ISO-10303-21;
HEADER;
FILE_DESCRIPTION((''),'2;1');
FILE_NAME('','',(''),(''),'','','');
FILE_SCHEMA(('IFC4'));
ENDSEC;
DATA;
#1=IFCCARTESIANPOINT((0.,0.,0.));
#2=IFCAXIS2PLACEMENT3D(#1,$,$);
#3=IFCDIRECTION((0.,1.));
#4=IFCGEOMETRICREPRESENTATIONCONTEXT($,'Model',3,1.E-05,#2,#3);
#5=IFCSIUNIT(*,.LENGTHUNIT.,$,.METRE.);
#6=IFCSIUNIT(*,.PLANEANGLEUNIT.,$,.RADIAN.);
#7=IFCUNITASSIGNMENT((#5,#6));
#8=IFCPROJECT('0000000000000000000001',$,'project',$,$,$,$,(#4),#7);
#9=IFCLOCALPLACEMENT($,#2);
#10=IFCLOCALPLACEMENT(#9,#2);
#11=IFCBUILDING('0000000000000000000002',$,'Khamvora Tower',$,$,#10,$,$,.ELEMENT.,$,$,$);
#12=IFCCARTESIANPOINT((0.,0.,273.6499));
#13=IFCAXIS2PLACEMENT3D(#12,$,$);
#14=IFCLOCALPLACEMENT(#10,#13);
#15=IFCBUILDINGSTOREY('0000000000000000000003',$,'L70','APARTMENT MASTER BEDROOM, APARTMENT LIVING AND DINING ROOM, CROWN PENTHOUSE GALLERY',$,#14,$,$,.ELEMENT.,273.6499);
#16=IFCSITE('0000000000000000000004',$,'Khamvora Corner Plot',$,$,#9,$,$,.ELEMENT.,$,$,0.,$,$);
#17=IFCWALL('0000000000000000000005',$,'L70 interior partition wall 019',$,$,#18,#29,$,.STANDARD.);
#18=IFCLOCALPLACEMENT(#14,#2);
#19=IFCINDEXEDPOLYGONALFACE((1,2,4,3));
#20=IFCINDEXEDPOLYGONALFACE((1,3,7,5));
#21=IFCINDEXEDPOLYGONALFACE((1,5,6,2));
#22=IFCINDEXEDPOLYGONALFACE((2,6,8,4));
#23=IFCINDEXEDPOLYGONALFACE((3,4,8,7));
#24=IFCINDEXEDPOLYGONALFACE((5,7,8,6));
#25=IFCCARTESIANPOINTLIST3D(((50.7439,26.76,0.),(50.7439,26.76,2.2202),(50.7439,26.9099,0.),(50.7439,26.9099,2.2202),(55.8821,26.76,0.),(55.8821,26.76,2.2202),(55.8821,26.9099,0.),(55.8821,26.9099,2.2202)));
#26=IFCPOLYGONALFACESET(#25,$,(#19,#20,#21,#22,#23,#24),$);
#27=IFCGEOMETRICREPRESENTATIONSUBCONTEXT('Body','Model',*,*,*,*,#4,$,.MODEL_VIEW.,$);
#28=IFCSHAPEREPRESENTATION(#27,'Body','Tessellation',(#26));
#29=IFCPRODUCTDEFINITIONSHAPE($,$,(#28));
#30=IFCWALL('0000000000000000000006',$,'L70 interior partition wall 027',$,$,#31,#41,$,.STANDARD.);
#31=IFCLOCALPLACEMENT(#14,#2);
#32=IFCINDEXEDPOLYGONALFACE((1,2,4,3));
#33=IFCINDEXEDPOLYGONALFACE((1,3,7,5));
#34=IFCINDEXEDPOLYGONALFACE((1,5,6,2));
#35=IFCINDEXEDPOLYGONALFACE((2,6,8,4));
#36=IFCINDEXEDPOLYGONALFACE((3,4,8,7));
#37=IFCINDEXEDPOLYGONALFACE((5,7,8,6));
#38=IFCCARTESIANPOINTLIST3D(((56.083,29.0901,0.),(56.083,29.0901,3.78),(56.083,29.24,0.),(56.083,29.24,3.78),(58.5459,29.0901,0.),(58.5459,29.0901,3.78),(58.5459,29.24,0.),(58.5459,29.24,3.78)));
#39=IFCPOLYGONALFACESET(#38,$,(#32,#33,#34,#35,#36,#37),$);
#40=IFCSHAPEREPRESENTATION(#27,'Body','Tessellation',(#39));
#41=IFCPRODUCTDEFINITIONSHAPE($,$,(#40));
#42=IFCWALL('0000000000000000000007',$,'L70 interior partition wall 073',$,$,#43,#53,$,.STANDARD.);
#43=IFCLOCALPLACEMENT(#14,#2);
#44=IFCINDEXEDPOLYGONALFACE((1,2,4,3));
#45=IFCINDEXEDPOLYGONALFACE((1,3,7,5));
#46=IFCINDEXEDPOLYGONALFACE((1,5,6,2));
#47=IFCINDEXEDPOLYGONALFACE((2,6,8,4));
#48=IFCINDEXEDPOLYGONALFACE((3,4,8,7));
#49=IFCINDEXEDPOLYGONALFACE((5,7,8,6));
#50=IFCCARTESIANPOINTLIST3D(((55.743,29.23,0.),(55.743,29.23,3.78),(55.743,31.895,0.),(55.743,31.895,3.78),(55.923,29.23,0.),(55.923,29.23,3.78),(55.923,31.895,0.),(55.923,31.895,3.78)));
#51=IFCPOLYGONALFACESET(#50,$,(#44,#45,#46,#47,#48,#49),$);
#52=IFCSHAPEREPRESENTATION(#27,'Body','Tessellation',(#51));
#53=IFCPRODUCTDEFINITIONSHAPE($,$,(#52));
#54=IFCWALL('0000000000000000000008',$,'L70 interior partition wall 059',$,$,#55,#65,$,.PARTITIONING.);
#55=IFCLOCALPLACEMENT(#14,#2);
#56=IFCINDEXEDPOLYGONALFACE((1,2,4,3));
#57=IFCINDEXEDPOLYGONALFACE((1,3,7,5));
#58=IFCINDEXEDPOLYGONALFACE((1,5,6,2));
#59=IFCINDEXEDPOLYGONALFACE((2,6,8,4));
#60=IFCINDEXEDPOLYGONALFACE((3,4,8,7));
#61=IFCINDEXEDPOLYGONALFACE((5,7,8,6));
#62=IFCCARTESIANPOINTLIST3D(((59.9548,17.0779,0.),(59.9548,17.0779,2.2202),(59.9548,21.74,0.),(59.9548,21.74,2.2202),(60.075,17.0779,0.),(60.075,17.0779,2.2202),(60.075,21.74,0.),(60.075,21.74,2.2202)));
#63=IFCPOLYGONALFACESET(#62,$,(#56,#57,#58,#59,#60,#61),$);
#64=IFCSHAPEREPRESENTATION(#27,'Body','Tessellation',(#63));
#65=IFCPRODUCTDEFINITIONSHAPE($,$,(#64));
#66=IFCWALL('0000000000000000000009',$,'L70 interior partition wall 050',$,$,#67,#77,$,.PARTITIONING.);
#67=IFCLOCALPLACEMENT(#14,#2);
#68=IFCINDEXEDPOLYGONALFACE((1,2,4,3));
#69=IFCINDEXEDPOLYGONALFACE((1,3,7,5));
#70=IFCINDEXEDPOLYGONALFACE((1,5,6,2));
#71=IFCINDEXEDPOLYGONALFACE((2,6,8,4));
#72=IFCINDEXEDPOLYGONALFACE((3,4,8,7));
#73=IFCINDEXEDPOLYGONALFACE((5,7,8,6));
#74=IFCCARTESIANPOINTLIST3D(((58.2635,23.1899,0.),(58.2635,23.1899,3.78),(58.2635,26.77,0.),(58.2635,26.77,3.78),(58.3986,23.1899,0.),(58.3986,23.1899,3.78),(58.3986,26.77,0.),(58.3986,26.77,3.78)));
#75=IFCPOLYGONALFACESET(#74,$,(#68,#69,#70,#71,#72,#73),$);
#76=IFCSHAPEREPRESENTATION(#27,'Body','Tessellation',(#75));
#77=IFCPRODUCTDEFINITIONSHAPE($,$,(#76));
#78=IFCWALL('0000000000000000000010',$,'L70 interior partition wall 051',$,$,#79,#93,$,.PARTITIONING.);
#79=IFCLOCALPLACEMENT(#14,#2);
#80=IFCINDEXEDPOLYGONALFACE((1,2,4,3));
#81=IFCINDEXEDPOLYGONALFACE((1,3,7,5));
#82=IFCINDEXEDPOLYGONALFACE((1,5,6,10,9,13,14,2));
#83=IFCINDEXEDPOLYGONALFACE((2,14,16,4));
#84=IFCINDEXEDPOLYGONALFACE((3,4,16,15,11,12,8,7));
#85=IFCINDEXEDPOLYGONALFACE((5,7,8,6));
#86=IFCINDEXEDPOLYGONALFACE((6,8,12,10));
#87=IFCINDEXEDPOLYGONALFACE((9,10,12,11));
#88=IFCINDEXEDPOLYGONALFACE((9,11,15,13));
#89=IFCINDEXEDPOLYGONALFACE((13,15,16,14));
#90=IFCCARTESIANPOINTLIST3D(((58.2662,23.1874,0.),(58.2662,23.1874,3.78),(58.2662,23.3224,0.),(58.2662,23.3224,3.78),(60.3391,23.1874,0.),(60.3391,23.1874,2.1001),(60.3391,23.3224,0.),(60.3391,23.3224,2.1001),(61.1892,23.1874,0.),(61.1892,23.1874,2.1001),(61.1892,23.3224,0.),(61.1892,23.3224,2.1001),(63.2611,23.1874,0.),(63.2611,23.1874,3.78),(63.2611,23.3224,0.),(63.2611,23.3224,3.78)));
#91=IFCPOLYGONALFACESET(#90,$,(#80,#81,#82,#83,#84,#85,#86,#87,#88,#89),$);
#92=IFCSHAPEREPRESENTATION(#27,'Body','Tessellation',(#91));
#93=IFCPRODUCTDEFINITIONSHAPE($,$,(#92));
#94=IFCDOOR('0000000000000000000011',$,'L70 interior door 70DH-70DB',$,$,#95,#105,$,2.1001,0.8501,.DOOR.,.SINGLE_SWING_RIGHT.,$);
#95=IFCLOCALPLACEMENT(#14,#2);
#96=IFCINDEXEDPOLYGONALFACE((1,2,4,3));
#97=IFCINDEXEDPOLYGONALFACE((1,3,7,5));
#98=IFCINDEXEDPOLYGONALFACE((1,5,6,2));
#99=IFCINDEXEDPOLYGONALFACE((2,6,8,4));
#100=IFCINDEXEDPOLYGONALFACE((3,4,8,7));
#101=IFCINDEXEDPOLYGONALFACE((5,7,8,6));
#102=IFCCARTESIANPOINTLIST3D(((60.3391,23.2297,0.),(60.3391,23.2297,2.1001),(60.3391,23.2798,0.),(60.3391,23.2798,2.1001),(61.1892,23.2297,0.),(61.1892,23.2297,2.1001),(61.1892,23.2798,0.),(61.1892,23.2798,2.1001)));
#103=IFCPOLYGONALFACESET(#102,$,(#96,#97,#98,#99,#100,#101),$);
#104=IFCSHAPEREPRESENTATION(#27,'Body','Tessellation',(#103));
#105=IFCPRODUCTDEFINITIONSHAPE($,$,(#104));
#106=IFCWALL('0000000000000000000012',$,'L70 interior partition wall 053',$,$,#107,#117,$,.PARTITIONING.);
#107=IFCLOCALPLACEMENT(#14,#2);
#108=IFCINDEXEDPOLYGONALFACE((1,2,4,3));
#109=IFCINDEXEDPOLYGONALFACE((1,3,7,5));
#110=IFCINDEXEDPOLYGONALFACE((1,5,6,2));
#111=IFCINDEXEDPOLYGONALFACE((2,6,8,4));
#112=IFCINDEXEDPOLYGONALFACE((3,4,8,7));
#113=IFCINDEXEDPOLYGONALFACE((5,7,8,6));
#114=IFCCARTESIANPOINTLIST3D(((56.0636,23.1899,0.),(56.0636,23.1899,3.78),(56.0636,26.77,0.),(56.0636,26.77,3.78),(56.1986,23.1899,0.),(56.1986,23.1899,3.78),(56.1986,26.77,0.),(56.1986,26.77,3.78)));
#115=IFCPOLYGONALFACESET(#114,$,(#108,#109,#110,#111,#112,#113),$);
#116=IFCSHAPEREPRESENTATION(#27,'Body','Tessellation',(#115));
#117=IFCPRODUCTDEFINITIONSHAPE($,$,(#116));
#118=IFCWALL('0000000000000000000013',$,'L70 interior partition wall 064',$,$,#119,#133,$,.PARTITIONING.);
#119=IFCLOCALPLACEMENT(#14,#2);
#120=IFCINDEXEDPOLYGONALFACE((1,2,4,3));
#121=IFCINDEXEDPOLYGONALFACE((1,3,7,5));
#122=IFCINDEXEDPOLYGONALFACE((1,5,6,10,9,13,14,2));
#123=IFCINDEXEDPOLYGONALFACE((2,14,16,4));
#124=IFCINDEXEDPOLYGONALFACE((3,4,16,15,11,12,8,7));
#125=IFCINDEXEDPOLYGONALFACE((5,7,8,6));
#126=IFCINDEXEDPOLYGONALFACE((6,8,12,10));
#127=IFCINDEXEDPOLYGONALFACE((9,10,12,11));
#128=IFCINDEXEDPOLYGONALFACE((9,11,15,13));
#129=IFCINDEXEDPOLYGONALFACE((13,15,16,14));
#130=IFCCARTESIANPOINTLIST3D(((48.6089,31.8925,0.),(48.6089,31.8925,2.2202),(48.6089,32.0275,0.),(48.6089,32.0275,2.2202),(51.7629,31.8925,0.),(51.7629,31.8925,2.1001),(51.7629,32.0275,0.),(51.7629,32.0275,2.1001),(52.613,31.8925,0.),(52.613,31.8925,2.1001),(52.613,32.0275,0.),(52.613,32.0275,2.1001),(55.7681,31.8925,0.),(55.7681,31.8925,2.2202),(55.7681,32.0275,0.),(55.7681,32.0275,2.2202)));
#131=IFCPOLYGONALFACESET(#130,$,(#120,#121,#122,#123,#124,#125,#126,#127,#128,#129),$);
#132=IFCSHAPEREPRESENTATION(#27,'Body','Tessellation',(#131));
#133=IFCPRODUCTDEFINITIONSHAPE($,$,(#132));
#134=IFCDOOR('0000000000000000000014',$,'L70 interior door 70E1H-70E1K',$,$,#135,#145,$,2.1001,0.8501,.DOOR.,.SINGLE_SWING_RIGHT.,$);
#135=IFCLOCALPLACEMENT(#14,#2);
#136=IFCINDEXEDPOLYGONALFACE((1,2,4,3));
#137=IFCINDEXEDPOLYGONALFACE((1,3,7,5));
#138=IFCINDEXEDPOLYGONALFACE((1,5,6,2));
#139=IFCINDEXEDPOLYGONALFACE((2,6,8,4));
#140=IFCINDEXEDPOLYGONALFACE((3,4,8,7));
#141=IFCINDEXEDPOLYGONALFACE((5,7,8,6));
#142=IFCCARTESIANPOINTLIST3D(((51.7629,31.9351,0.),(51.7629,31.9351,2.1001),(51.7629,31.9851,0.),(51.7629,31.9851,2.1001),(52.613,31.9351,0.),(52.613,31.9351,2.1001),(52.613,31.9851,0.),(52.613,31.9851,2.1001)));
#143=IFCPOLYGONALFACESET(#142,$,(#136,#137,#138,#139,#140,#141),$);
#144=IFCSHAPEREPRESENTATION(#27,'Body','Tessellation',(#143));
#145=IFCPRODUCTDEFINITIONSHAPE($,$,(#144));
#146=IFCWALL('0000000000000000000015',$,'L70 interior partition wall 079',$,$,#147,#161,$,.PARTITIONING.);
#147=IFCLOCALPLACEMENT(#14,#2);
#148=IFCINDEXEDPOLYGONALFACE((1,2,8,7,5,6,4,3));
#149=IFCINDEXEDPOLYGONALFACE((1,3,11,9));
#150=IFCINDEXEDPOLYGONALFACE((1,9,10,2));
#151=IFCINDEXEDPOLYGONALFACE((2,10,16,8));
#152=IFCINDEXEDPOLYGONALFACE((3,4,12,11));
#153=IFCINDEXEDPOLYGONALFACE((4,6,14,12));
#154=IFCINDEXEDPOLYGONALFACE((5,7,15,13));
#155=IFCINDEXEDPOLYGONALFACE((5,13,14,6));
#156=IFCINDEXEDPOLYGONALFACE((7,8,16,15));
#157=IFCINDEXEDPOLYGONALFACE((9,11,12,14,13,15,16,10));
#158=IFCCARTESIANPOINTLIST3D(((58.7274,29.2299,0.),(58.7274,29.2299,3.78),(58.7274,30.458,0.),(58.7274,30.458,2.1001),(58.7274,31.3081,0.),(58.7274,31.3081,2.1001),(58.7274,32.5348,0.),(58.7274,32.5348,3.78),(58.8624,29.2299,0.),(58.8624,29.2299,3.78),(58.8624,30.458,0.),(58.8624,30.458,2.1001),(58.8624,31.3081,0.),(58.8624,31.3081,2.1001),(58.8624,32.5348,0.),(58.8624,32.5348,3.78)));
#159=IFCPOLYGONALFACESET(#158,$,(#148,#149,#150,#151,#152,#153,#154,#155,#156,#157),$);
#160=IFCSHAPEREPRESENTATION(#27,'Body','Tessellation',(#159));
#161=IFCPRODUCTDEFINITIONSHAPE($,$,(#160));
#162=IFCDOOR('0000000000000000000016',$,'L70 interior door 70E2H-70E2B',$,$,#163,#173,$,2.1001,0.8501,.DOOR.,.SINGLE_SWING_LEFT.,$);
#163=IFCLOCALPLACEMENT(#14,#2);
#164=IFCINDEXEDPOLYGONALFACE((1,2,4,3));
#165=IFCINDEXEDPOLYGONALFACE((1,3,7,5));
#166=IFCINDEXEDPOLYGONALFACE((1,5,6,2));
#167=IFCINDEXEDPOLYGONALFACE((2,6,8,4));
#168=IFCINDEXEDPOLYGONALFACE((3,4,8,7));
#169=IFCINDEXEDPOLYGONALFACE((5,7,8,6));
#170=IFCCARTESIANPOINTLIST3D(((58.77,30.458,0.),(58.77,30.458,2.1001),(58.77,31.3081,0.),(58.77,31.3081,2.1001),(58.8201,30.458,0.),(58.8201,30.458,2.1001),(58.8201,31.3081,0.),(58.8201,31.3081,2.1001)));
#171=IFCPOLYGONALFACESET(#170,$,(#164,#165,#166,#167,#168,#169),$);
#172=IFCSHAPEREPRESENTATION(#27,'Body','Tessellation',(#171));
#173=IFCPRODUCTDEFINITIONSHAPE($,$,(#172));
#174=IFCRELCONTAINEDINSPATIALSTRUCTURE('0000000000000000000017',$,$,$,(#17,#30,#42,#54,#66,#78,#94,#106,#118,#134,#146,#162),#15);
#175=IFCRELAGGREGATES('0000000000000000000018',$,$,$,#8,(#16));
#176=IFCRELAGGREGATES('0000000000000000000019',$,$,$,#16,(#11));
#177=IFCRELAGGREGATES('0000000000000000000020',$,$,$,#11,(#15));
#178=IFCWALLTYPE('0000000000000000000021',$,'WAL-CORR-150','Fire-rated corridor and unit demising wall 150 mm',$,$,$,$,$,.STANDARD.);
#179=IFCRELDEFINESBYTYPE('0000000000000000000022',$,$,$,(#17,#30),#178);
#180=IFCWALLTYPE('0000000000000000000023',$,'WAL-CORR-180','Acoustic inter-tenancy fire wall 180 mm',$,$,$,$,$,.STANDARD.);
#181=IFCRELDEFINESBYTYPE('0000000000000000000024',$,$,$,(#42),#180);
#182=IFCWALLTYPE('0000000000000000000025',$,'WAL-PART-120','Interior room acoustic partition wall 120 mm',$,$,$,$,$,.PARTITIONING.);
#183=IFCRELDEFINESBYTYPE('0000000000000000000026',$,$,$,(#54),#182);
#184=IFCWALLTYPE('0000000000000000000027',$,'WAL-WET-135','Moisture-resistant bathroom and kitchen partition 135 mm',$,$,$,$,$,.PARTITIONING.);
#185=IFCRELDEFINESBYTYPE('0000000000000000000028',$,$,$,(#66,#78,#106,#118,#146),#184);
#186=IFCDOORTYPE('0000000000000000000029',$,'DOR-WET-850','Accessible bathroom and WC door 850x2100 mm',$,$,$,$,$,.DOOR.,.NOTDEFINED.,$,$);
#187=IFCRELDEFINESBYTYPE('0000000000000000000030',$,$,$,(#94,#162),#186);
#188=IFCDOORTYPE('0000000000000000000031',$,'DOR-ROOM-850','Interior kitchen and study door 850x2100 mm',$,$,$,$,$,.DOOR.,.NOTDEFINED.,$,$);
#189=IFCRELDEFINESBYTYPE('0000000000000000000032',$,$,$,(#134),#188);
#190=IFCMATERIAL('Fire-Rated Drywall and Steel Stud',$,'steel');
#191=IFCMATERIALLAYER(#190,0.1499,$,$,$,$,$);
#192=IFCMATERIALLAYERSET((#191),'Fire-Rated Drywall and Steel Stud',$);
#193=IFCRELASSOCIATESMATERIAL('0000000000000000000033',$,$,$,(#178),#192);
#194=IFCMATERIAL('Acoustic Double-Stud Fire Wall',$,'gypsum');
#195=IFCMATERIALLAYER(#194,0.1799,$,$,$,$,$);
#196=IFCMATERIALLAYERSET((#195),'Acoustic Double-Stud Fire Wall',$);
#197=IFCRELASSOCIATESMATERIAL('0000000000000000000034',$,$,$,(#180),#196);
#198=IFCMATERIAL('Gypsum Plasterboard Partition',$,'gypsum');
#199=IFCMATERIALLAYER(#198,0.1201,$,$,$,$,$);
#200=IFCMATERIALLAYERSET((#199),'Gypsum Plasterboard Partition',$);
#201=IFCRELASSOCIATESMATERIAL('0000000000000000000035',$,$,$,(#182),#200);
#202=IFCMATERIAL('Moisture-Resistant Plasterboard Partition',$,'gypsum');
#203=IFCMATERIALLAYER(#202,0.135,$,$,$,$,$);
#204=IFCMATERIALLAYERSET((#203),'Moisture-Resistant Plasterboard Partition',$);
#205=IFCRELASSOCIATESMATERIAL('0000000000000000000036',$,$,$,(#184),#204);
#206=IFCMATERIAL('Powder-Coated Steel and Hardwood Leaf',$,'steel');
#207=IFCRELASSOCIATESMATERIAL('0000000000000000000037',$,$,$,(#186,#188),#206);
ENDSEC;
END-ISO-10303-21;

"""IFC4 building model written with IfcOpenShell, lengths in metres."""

from ifc_helpers import new_model, si_unit, direction, frame, frame_2d, origin, place, context, subcontext, project, spatial, rectangle, extrude, material, layer, layer_set, type_object, element, fill, save


model = new_model("IFC4")

# Units and contexts
model_context = context("Model", 3, precision=1e-05, world=origin(), true_north=direction((0.0, 1.0)))
body_context = subcontext(model_context, "Body", "Model", "MODEL_VIEW")
ifc_project = project(units=[si_unit("LENGTHUNIT", "METRE"), si_unit("PLANEANGLEUNIT", "RADIAN")], contexts=[model_context])

# Site, building, storey
site_placement = place(None, origin())
site = spatial("IfcSite", under=ifc_project, at=site_placement, Name="Khamvora Corner Plot", CompositionType="ELEMENT", RefElevation=0.0)
building_placement = place(site_placement, origin())
building = spatial("IfcBuilding", under=site, at=building_placement, Name="Khamvora Tower", CompositionType="ELEMENT")
storey_placement = place(building_placement, frame((0.0, 0.0, 273.6499)))
storey = spatial("IfcBuildingStorey", under=building, at=storey_placement, Name="L70", Description="APARTMENT MASTER BEDROOM, APARTMENT LIVING AND DINING ROOM, CROWN PENTHOUSE GALLERY", CompositionType="ELEMENT", Elevation=273.6499)

# Shared definitions
ifc_material_1 = material(Name="Fire-Rated Drywall and Steel Stud", Category="steel")
ifc_layer_1 = layer(ifc_material_1, 0.1499)
ifc_layer_set_1 = layer_set([ifc_layer_1], Name="Fire-Rated Drywall and Steel Stud")
wall_type_1 = type_object("IfcWallType", Name="WAL-CORR-150", Description="Fire-rated corridor and unit demising wall 150 mm", PredefinedType="STANDARD", material=ifc_layer_set_1)
ifc_material_2 = material(Name="Powder-Coated Steel and Hardwood Leaf", Category="steel")

# Wall
wall_1_placement = place(storey_placement, frame((55.8821, 26.835, 0.0), z_axis=(0.0, 0.0, 1.0), x_axis=(-1.0, 0.0, 0.0)))
element("IfcWall", 1, at=wall_1_placement, inside=storey, type_object=wall_type_1, Name="L70 interior partition wall 019", PredefinedType="STANDARD", context=body_context, shape_type="SweptSolid", body=[
    extrude(rectangle(XDim=5.1382, YDim=0.1499, at=frame_2d((2.5691, 0.0))), origin(), (0.0, 0.0, 1.0), 2.2202),
])

# Walls
wall_2_placement = place(storey_placement, frame((56.083, 29.165, 0.0), z_axis=(0.0, 0.0, 1.0), x_axis=(1.0, 0.0, 0.0)))
element("IfcWall", 2, at=wall_2_placement, inside=storey, type_object=wall_type_1, Name="L70 interior partition wall 027", PredefinedType="STANDARD", context=body_context, shape_type="SweptSolid", body=[
    extrude(rectangle(XDim=2.4629, YDim=0.1499, at=frame_2d((1.2314, 0.0))), origin(), (0.0, 0.0, 1.0), 3.78),
])
ifc_material_3 = material(Name="Acoustic Double-Stud Fire Wall", Category="gypsum")
ifc_layer_2 = layer(ifc_material_3, 0.1799)
ifc_layer_set_2 = layer_set([ifc_layer_2], Name="Acoustic Double-Stud Fire Wall")
wall_type_2 = type_object("IfcWallType", Name="WAL-CORR-180", Description="Acoustic inter-tenancy fire wall 180 mm", PredefinedType="STANDARD", material=ifc_layer_set_2)
wall_3_placement = place(storey_placement, frame((55.833, 31.895, 0.0), z_axis=(0.0, 0.0, 1.0), x_axis=(0.0, -1.0, 0.0)))
element("IfcWall", 3, at=wall_3_placement, inside=storey, type_object=wall_type_2, Name="L70 interior partition wall 073", PredefinedType="STANDARD", context=body_context, shape_type="SweptSolid", body=[
    extrude(rectangle(XDim=2.665, YDim=0.1799, at=frame_2d((1.3325, 0.0))), origin(), (0.0, 0.0, 1.0), 3.78),
])
ifc_material_4 = material(Name="Gypsum Plasterboard Partition", Category="gypsum")
ifc_layer_3 = layer(ifc_material_4, 0.1201)
ifc_layer_set_3 = layer_set([ifc_layer_3], Name="Gypsum Plasterboard Partition")
wall_type_3 = type_object("IfcWallType", Name="WAL-PART-120", Description="Interior room acoustic partition wall 120 mm", PredefinedType="PARTITIONING", material=ifc_layer_set_3)
wall_4_placement = place(storey_placement, frame((60.0149, 21.74, 0.0), z_axis=(0.0, 0.0, 1.0), x_axis=(0.0, -1.0, 0.0)))
element("IfcWall", 4, at=wall_4_placement, inside=storey, type_object=wall_type_3, Name="L70 interior partition wall 059", PredefinedType="PARTITIONING", context=body_context, shape_type="SweptSolid", body=[
    extrude(rectangle(XDim=4.6621, YDim=0.1201, at=frame_2d((2.3311, 0.0))), origin(), (0.0, 0.0, 1.0), 2.2202),
])
ifc_material_5 = material(Name="Moisture-Resistant Plasterboard Partition", Category="gypsum")
ifc_layer_4 = layer(ifc_material_5, 0.135)
ifc_layer_set_4 = layer_set([ifc_layer_4], Name="Moisture-Resistant Plasterboard Partition")
wall_type_4 = type_object("IfcWallType", Name="WAL-WET-135", Description="Moisture-resistant bathroom and kitchen partition 135 mm", PredefinedType="PARTITIONING", material=ifc_layer_set_4)
wall_5_placement = place(storey_placement, frame((58.3311, 26.77, 0.0), z_axis=(0.0, 0.0, 1.0), x_axis=(0.0, -1.0, 0.0)))
element("IfcWall", 5, at=wall_5_placement, inside=storey, type_object=wall_type_4, Name="L70 interior partition wall 050", PredefinedType="PARTITIONING", context=body_context, shape_type="SweptSolid", body=[
    extrude(rectangle(XDim=3.5801, YDim=0.135, at=frame_2d((1.79, 0.0))), origin(), (0.0, 0.0, 1.0), 3.78),
])

# Wall, opening, door
wall_6_placement = place(storey_placement, frame((58.2661, 23.2549, 0.0), z_axis=(0.0, 0.0, 1.0), x_axis=(1.0, 0.0, 0.0)))
wall_6 = element("IfcWall", 6, at=wall_6_placement, inside=storey, type_object=wall_type_4, Name="L70 interior partition wall 051", PredefinedType="PARTITIONING", context=body_context, shape_type="SweptSolid", body=[
    extrude(rectangle(XDim=4.9949, YDim=0.135, at=frame_2d((2.4976, 0.0))), origin(), (0.0, 0.0, 1.0), 3.78),
])
opening_1_placement = place(wall_6_placement, frame((2.073, 0.0, 0.0)))
opening_1 = element("IfcOpeningElement", 7, at=opening_1_placement, cuts=wall_6, PredefinedType="OPENING", context=body_context, shape_type="SweptSolid", body=[
    extrude(rectangle(XDim=0.8501, YDim=2.1001, at=frame_2d((0.425, 1.05))), frame((0.0, 0.0774, 0.0), z_axis=(0.0, -1.0, 0.0), x_axis=(1.0, 0.0, 0.0)), (0.0, 0.0, 1.0), 0.155),
])
door_type_1 = type_object("IfcDoorType", Name="DOR-WET-850", Description="Accessible bathroom and WC door 850x2100 mm", OperationType="NOTDEFINED", PredefinedType="DOOR", material=ifc_material_2)
door_1_placement = place(opening_1_placement, origin())
door_1 = element("IfcDoor", 8, at=door_1_placement, inside=storey, type_object=door_type_1, Name="L70 interior door 70DH-70DB", OperationType="SINGLE_SWING_RIGHT", OverallHeight=2.1001, OverallWidth=0.8501, PredefinedType="DOOR", context=body_context, shape_type="SweptSolid", body=[
    extrude(rectangle(XDim=0.8501, YDim=2.1001, at=frame_2d((0.425, 1.05))), frame((0.0, 0.0249, 0.0), z_axis=(0.0, -1.0, 0.0), x_axis=(1.0, 0.0, 0.0)), (0.0, 0.0, 1.0), 0.05),
])
fill(opening_1, door_1)

# Wall
wall_7_placement = place(storey_placement, frame((56.1311, 23.1899, 0.0), z_axis=(0.0, 0.0, 1.0), x_axis=(0.0, 1.0, 0.0)))
element("IfcWall", 9, at=wall_7_placement, inside=storey, type_object=wall_type_4, Name="L70 interior partition wall 053", PredefinedType="PARTITIONING", context=body_context, shape_type="SweptSolid", body=[
    extrude(rectangle(XDim=3.5801, YDim=0.135, at=frame_2d((1.79, 0.0))), origin(), (0.0, 0.0, 1.0), 3.78),
])

# Walls, openings, doors
wall_8_placement = place(storey_placement, frame((55.7681, 31.96, 0.0), z_axis=(0.0, 0.0, 1.0), x_axis=(-1.0, 0.0, 0.0)))
wall_8 = element("IfcWall", 10, at=wall_8_placement, inside=storey, type_object=wall_type_4, Name="L70 interior partition wall 064", PredefinedType="PARTITIONING", context=body_context, shape_type="SweptSolid", body=[
    extrude(rectangle(XDim=7.1592, YDim=0.135, at=frame_2d((3.5796, 0.0))), origin(), (0.0, 0.0, 1.0), 2.2202),
])
opening_2_placement = place(wall_8_placement, frame((3.155, 0.0, 0.0)))
opening_2 = element("IfcOpeningElement", 11, at=opening_2_placement, cuts=wall_8, PredefinedType="OPENING", context=body_context, shape_type="SweptSolid", body=[
    extrude(rectangle(XDim=0.8501, YDim=2.1001, at=frame_2d((0.425, 1.05))), frame((0.0, 0.0774, 0.0), z_axis=(0.0, -1.0, 0.0), x_axis=(1.0, 0.0, 0.0)), (0.0, 0.0, 1.0), 0.155),
])
door_type_2 = type_object("IfcDoorType", Name="DOR-ROOM-850", Description="Interior kitchen and study door 850x2100 mm", OperationType="NOTDEFINED", PredefinedType="DOOR", material=ifc_material_2)
door_2_placement = place(opening_2_placement, origin())
door_2 = element("IfcDoor", 12, at=door_2_placement, inside=storey, type_object=door_type_2, Name="L70 interior door 70E1H-70E1K", OperationType="SINGLE_SWING_RIGHT", OverallHeight=2.1001, OverallWidth=0.8501, PredefinedType="DOOR", context=body_context, shape_type="SweptSolid", body=[
    extrude(rectangle(XDim=0.8501, YDim=2.1001, at=frame_2d((0.425, 1.05))), frame((0.0, 0.0249, 0.0), z_axis=(0.0, -1.0, 0.0), x_axis=(1.0, 0.0, 0.0)), (0.0, 0.0, 1.0), 0.05),
])
fill(opening_2, door_2)
wall_9_placement = place(storey_placement, frame((58.7949, 29.23, 0.0), z_axis=(0.0, 0.0, 1.0), x_axis=(0.0, 1.0, 0.0)))
wall_9 = element("IfcWall", 13, at=wall_9_placement, inside=storey, type_object=wall_type_4, Name="L70 interior partition wall 079", PredefinedType="PARTITIONING", context=body_context, shape_type="SweptSolid", body=[
    extrude(rectangle(XDim=3.3049, YDim=0.135, at=frame_2d((1.6523, 0.0))), origin(), (0.0, 0.0, 1.0), 3.78),
])
opening_3_placement = place(wall_9_placement, frame((1.228, 0.0, 0.0)))
opening_3 = element("IfcOpeningElement", 14, at=opening_3_placement, cuts=wall_9, PredefinedType="OPENING", context=body_context, shape_type="SweptSolid", body=[
    extrude(rectangle(XDim=0.8501, YDim=2.1001, at=frame_2d((0.425, 1.05))), frame((0.0, 0.0774, 0.0), z_axis=(0.0, -1.0, 0.0), x_axis=(1.0, 0.0, 0.0)), (0.0, 0.0, 1.0), 0.155),
])
door_3_placement = place(opening_3_placement, origin())
door_3 = element("IfcDoor", 15, at=door_3_placement, inside=storey, type_object=door_type_1, Name="L70 interior door 70E2H-70E2B", OperationType="SINGLE_SWING_LEFT", OverallHeight=2.1001, OverallWidth=0.8501, PredefinedType="DOOR", context=body_context, shape_type="SweptSolid", body=[
    extrude(rectangle(XDim=0.8501, YDim=2.1001, at=frame_2d((0.425, 1.05))), frame((0.0, 0.0249, 0.0), z_axis=(0.0, -1.0, 0.0), x_axis=(1.0, 0.0, 0.0)), (0.0, 0.0, 1.0), 0.05),
])
fill(opening_3, door_3)

save(model, "model.ifc")
